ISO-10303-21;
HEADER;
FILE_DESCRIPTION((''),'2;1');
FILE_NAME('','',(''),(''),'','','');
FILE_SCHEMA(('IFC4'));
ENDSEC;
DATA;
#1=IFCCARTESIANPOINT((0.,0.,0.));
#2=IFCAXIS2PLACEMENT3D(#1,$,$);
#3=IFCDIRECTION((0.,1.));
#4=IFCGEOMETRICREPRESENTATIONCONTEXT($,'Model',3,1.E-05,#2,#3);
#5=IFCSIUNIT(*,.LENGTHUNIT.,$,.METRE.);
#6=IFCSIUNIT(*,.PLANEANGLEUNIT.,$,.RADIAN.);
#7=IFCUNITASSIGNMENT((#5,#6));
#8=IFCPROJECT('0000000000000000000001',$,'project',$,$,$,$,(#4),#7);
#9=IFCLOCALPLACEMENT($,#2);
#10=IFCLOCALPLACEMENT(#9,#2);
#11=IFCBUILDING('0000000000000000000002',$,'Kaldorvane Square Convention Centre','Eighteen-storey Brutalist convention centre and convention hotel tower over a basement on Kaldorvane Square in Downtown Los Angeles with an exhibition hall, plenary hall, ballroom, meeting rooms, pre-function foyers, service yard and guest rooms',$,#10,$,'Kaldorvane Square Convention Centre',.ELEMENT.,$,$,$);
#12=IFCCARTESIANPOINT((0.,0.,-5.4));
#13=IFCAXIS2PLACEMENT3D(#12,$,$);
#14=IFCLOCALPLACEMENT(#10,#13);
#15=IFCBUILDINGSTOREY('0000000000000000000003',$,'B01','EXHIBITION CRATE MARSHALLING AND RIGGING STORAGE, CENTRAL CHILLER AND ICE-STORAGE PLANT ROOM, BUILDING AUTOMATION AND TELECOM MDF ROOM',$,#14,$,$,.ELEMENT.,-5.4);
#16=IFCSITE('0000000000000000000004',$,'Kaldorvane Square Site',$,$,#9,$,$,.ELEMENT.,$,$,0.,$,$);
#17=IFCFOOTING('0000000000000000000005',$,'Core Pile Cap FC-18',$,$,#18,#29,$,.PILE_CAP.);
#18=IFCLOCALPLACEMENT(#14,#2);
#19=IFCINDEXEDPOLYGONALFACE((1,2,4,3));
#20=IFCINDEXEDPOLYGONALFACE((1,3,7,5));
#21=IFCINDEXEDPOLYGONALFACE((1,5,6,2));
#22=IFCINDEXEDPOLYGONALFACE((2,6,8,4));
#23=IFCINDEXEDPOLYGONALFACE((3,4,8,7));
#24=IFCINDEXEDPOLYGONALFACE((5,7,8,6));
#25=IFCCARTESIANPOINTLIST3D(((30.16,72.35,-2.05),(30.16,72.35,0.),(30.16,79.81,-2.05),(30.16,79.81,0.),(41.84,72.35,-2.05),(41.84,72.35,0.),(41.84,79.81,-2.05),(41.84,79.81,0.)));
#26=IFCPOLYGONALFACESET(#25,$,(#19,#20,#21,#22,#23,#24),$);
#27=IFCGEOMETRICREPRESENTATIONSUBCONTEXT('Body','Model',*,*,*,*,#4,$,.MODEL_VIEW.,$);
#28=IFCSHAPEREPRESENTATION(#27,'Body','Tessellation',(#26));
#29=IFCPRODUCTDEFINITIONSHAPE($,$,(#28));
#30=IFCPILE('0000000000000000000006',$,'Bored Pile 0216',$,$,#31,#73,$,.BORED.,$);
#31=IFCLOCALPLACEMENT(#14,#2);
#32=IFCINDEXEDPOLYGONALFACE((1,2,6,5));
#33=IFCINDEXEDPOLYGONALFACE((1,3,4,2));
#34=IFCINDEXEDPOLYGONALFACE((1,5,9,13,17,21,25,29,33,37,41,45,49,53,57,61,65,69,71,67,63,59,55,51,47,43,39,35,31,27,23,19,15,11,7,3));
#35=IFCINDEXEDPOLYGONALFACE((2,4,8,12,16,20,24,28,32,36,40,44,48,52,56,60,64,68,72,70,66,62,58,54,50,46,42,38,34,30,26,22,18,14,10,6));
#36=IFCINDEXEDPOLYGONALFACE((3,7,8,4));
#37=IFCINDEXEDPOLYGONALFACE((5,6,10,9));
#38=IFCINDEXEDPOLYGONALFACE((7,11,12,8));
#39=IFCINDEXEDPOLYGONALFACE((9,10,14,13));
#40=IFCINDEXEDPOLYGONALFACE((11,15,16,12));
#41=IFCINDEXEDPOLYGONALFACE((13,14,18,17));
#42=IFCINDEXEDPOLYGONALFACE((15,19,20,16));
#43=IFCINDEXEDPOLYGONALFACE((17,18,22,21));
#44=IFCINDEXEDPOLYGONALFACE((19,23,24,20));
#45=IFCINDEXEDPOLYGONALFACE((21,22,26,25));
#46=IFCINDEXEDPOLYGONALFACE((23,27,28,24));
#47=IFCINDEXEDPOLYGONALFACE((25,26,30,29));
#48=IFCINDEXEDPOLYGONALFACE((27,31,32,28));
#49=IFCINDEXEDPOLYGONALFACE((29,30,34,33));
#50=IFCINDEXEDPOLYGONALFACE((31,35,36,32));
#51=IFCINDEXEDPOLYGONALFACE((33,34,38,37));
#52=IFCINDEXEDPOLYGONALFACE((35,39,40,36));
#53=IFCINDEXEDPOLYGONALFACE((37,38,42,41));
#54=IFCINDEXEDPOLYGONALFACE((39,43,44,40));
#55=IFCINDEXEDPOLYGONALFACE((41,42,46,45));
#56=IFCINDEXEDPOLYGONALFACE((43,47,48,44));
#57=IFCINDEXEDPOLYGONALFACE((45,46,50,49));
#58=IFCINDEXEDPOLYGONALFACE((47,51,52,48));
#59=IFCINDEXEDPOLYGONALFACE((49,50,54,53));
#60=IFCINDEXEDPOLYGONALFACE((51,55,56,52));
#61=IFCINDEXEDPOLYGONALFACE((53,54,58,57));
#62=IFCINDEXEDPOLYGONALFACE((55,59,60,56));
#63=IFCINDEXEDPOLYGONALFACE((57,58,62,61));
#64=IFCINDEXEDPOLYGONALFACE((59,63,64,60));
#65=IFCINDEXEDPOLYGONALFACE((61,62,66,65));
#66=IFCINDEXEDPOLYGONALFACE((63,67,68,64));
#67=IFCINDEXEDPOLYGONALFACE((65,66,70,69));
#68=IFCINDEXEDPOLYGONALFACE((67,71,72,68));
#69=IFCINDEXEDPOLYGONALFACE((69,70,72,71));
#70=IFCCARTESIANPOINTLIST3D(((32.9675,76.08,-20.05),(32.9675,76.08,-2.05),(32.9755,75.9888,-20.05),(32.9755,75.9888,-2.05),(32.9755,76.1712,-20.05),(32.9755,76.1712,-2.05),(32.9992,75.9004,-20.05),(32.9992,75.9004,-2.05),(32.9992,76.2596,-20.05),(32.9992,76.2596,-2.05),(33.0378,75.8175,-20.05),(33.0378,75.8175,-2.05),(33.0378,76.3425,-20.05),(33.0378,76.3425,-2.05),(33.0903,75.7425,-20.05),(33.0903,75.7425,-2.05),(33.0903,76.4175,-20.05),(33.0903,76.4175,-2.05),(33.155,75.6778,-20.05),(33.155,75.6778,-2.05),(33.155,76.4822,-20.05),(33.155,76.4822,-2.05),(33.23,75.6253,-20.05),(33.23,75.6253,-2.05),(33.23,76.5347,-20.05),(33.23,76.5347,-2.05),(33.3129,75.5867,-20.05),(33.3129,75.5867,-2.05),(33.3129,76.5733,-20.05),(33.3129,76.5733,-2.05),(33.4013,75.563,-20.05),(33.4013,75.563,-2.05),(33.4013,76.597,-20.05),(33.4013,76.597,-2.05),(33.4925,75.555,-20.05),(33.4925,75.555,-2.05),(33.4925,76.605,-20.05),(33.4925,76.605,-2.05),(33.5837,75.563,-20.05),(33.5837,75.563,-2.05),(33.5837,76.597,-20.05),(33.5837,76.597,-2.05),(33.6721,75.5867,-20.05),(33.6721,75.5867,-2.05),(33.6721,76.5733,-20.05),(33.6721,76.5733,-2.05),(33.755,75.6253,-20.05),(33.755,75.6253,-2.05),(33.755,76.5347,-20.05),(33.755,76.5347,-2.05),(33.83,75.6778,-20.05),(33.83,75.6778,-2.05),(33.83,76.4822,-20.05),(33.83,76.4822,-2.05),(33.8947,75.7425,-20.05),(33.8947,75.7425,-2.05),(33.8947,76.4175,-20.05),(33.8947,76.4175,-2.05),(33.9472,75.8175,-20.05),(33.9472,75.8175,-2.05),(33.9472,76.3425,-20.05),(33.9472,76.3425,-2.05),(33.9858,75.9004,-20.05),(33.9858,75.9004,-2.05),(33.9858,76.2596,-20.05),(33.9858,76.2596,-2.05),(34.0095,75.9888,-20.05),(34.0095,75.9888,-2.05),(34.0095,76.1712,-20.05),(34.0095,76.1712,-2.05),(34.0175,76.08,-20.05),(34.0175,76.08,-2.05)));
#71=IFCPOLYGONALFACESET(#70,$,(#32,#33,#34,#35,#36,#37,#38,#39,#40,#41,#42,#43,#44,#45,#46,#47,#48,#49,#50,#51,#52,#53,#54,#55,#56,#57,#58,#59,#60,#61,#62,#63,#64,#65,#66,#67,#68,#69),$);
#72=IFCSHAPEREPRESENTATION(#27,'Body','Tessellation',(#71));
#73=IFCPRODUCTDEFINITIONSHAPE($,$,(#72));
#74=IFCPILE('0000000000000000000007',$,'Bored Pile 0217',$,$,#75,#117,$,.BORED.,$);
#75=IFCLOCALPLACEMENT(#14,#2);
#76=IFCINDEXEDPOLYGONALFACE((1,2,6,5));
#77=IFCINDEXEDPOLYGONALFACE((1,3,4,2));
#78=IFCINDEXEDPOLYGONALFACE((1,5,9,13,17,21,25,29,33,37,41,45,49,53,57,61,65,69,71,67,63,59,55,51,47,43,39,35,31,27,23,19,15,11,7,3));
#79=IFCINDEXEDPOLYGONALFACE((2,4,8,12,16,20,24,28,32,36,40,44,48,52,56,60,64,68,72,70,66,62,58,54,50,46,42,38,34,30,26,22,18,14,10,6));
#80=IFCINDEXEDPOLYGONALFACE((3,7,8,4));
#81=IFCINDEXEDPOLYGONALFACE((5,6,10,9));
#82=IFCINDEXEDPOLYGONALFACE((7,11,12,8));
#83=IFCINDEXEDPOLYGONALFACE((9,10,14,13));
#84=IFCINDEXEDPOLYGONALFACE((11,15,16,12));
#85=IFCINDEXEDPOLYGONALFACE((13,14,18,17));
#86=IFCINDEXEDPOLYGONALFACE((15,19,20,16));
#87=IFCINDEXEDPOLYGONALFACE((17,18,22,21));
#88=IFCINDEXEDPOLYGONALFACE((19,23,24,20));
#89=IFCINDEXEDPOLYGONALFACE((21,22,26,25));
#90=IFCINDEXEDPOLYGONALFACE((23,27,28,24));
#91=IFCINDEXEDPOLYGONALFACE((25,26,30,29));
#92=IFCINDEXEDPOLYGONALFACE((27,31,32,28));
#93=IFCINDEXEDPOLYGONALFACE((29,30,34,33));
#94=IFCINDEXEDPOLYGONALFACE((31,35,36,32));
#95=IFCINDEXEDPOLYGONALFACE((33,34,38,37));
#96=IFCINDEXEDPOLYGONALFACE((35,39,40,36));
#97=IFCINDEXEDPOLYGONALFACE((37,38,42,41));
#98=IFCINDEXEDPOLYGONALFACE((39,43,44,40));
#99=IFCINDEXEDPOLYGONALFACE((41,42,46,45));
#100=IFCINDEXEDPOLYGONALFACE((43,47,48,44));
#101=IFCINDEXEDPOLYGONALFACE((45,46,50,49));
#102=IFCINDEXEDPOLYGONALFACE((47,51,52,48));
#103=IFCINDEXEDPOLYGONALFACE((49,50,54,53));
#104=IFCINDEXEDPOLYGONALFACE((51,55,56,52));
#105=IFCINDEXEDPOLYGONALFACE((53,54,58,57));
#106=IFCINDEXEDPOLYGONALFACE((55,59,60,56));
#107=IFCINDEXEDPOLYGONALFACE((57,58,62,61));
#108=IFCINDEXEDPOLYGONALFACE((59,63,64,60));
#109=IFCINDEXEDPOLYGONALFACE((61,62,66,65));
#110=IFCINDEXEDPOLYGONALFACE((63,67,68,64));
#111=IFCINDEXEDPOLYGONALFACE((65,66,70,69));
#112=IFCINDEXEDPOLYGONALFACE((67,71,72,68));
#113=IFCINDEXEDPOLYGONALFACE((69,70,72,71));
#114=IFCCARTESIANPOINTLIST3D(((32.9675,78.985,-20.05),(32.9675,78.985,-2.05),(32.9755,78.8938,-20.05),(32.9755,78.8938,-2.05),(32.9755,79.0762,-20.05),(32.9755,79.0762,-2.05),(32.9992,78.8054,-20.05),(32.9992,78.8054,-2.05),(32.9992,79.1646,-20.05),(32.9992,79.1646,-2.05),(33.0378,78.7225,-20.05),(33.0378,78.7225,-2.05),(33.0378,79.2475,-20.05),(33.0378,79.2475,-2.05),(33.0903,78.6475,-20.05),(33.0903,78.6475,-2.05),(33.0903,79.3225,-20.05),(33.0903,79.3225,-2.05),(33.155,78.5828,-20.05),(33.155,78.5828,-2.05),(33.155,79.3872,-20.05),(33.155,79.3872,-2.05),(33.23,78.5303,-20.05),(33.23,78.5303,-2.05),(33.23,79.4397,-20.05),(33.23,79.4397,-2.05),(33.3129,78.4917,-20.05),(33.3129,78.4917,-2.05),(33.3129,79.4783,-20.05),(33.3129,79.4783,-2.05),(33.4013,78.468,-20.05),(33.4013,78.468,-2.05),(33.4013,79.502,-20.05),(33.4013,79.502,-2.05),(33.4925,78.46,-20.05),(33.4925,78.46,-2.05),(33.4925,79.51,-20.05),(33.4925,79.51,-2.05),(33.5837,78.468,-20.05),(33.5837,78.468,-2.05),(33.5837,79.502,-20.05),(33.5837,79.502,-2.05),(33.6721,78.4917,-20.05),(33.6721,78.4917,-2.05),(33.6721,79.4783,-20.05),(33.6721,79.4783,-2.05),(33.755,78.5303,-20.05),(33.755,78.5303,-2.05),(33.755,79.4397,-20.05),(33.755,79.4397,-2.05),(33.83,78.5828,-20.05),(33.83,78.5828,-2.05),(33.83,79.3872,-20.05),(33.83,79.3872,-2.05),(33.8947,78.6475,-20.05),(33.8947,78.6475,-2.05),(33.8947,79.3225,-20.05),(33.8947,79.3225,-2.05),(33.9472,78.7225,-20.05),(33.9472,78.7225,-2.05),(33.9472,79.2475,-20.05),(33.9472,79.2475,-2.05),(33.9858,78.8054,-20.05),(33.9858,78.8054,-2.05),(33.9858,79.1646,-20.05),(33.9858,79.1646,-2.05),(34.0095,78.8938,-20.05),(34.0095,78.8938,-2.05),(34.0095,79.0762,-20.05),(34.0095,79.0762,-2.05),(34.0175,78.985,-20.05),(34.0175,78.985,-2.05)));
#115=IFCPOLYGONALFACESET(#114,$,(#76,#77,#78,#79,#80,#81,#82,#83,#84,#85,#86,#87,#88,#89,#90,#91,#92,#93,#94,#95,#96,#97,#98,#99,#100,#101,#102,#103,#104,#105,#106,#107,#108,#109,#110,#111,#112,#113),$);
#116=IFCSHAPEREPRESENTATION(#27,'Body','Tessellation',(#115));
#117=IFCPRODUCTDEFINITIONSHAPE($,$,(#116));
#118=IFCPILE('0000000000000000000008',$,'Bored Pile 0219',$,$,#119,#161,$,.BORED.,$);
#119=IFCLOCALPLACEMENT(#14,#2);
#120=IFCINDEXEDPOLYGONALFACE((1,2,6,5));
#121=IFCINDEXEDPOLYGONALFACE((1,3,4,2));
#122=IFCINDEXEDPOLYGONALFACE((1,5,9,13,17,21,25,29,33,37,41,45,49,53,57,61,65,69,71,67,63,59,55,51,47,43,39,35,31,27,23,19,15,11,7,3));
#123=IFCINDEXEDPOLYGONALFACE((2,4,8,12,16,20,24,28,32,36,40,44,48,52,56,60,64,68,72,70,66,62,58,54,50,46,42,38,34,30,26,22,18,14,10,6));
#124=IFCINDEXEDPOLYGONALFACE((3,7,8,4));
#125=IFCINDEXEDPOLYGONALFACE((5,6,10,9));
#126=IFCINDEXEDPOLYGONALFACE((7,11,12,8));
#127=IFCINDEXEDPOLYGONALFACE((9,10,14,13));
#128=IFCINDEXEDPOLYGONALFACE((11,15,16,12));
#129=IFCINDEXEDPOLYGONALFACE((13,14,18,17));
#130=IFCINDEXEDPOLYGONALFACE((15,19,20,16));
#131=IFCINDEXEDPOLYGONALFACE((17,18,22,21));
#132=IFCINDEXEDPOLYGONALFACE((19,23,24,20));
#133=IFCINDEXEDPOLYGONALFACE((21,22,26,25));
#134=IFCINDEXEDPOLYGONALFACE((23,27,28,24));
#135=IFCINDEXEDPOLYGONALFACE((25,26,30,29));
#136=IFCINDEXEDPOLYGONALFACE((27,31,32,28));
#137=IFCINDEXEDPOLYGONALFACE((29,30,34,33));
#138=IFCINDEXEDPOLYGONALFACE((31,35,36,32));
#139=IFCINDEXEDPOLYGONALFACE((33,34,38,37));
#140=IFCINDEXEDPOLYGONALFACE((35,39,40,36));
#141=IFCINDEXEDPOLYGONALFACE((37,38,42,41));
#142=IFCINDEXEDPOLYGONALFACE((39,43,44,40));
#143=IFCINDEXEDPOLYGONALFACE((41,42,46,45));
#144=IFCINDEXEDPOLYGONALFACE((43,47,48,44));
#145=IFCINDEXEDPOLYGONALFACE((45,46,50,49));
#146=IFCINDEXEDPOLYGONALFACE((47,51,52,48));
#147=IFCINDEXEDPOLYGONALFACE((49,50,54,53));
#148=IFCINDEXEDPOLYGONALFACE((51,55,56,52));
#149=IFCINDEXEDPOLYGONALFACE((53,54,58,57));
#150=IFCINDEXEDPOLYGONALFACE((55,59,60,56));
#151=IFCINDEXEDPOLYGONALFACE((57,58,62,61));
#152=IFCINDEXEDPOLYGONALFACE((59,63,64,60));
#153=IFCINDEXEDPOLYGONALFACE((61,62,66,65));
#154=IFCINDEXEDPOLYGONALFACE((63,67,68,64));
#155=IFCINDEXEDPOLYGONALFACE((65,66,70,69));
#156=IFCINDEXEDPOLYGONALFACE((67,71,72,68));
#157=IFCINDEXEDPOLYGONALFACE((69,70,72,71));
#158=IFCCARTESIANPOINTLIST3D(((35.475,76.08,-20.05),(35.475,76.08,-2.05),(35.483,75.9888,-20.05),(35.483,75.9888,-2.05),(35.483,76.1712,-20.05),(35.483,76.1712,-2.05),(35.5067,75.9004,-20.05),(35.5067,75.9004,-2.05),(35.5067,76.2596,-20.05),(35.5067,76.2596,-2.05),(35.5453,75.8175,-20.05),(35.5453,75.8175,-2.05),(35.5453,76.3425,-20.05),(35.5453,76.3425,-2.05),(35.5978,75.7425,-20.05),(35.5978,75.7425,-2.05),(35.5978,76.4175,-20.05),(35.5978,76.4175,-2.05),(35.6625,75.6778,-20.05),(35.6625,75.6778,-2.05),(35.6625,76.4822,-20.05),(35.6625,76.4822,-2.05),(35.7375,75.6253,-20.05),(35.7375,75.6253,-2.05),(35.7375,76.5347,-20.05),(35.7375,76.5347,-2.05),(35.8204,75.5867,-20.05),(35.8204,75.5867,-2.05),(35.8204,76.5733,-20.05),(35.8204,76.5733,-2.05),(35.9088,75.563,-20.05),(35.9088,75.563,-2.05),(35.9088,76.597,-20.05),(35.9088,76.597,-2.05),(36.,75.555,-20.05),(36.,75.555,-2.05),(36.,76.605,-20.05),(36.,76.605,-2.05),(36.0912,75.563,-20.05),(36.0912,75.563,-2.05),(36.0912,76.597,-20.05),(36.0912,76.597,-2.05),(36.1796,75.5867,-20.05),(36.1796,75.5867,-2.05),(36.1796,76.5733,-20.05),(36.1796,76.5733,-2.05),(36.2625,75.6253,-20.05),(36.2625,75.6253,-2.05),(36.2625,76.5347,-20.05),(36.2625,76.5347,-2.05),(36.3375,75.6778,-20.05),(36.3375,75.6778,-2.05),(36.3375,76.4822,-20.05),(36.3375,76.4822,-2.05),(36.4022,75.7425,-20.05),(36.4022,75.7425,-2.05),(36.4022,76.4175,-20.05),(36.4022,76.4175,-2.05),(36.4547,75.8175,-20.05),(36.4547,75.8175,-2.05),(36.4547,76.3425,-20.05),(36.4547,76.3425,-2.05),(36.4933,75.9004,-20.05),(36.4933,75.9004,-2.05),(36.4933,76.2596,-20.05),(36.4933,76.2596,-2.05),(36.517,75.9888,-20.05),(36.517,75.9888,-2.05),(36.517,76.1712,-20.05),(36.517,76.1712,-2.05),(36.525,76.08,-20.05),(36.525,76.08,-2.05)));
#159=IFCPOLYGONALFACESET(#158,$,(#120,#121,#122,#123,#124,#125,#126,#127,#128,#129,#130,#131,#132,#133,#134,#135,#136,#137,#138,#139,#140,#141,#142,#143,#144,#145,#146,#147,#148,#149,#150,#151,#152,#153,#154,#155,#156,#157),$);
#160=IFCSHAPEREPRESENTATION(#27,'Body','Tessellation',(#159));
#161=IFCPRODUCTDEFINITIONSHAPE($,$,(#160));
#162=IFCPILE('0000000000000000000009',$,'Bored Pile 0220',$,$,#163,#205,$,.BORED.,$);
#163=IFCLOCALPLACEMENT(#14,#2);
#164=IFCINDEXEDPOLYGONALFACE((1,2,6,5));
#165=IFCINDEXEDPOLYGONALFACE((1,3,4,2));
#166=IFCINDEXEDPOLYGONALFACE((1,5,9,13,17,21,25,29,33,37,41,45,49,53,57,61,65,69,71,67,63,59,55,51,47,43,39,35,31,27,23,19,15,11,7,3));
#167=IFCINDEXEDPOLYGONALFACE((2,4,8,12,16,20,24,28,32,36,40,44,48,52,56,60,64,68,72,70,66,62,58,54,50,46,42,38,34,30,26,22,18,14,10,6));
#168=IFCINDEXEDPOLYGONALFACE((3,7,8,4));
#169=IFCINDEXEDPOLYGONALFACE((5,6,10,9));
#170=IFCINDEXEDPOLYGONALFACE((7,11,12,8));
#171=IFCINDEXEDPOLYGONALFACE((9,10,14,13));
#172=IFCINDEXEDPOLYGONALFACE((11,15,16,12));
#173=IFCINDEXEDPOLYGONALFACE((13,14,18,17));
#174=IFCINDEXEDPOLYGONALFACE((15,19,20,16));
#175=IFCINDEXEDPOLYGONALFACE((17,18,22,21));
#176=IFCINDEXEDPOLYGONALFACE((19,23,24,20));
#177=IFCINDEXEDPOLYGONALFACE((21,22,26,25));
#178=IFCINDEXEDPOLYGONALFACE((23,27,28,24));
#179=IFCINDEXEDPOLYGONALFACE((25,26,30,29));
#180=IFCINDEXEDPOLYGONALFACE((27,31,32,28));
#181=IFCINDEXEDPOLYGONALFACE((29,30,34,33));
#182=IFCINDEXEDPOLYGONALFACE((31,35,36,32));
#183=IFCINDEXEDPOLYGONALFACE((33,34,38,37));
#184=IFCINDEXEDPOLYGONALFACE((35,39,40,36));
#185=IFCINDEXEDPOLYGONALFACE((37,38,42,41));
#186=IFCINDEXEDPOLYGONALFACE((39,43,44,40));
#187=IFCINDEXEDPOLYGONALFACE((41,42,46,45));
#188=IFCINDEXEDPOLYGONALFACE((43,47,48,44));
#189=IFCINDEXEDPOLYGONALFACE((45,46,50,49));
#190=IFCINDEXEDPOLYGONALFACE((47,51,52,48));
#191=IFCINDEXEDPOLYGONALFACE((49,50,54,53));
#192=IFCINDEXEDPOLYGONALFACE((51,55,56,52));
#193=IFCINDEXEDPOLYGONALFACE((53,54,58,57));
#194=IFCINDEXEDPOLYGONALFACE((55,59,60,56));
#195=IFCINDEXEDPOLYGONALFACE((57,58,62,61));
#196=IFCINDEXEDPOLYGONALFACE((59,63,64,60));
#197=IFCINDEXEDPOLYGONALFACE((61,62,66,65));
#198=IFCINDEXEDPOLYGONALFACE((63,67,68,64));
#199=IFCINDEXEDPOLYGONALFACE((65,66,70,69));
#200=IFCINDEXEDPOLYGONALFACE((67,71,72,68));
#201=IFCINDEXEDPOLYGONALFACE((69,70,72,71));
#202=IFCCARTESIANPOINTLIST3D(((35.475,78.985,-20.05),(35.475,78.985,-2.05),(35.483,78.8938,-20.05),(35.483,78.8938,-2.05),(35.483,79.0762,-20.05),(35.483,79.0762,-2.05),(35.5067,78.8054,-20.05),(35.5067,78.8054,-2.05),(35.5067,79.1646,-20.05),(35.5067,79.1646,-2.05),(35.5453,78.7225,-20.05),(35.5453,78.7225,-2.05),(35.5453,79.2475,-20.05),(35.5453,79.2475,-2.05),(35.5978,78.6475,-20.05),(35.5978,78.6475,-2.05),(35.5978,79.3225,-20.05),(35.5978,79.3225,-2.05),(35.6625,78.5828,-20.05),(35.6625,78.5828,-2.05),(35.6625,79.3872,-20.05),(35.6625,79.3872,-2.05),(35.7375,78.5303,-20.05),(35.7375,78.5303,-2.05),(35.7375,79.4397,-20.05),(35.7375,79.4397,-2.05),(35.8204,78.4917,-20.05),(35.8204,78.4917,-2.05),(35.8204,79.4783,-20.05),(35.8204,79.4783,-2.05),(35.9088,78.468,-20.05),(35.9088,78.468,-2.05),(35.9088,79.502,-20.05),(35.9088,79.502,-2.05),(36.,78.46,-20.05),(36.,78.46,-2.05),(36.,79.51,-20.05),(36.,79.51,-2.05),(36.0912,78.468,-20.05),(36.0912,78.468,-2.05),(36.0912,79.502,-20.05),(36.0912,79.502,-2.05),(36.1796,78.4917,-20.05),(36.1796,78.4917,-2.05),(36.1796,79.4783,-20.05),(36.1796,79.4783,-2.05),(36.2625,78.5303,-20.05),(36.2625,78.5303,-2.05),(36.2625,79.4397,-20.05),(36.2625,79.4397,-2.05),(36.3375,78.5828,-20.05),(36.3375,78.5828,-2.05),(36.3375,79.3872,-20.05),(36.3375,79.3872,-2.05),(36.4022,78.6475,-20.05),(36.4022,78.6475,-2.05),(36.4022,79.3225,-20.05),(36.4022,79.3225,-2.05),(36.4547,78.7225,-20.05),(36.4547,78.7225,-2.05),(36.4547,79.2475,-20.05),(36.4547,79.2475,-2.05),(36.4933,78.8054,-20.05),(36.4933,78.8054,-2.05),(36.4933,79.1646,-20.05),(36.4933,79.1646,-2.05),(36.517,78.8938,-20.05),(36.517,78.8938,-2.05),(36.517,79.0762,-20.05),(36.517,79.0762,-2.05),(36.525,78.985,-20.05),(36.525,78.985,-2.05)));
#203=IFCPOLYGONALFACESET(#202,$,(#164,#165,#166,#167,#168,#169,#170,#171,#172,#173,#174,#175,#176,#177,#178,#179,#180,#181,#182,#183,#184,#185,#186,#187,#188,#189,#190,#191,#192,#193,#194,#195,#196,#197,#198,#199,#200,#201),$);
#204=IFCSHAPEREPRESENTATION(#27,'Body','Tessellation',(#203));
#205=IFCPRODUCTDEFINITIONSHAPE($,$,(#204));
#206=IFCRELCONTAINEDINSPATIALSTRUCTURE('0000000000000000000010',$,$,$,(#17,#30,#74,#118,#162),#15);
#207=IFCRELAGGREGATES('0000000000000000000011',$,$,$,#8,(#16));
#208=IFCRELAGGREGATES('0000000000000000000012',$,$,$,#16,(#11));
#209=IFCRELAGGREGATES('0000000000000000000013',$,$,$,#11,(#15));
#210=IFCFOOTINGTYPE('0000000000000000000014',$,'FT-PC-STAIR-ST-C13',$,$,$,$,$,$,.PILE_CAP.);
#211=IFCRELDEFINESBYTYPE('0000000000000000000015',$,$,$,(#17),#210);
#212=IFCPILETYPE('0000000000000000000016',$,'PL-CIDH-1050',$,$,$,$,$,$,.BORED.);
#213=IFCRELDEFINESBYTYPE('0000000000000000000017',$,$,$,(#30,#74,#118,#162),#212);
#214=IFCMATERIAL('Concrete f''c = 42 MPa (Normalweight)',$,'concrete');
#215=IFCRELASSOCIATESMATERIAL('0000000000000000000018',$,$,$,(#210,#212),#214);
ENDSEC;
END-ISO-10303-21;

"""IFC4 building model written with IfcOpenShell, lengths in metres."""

from ifc_helpers import new_model, si_unit, direction, frame, origin, origin_2d, place, context, subcontext, project, spatial, rectangle, circle, extrude, material, material_profile, profile_set, type_object, element, save


model = new_model("IFC4")

# Units and contexts
model_context = context("Model", 3, precision=1e-05, world=origin(), true_north=direction((0.0, 1.0)))
body_context = subcontext(model_context, "Body", "Model", "MODEL_VIEW")
ifc_project = project(units=[si_unit("LENGTHUNIT", "METRE"), si_unit("PLANEANGLEUNIT", "RADIAN")], contexts=[model_context])

# Site, building, storey
site_placement = place(None, origin())
site = spatial("IfcSite", under=ifc_project, at=site_placement, Name="Kaldorvane Square Site", CompositionType="ELEMENT", RefElevation=0.0)
building_placement = place(site_placement, origin())
building = spatial("IfcBuilding", under=site, at=building_placement, Name="Kaldorvane Square Convention Centre", Description="Eighteen-storey Brutalist convention centre and convention hotel tower over a basement on Kaldorvane Square in Downtown Los Angeles with an exhibition hall, plenary hall, ballroom, meeting rooms, pre-function foyers, service yard and guest rooms", LongName="Kaldorvane Square Convention Centre", CompositionType="ELEMENT")
storey_placement = place(building_placement, frame((0.0, 0.0, -5.4)))
storey = spatial("IfcBuildingStorey", under=building, at=storey_placement, Name="B01", Description="EXHIBITION CRATE MARSHALLING AND RIGGING STORAGE, CENTRAL CHILLER AND ICE-STORAGE PLANT ROOM, BUILDING AUTOMATION AND TELECOM MDF ROOM", CompositionType="ELEMENT", Elevation=-5.4)

# Footing
ifc_material_1 = material(Name="Concrete f'c = 42 MPa (Normalweight)", Category="concrete")
footing_type = type_object("IfcFootingType", Name="FT-PC-STAIR-ST-C13", PredefinedType="PILE_CAP", material=ifc_material_1)
footing_placement = place(storey_placement, frame((36.0, 76.08, -2.05), z_axis=(0.0, 0.0, 1.0), x_axis=(1.0, 0.0, 0.0)))
element("IfcFooting", 1, at=footing_placement, inside=storey, type_object=footing_type, Name="Core Pile Cap FC-18", PredefinedType="PILE_CAP", context=body_context, shape_type="SweptSolid", body=[
    extrude(rectangle(XDim=11.68, YDim=7.46, at=origin_2d()), origin(), (0.0, 0.0, 1.0), 2.05),
])

# Piles
ifc_material_profile_1 = material_profile(ifc_material_1, circle(Radius=0.525, at=origin_2d()), Name="PILE-D1050")
ifc_profile_set_1 = profile_set([ifc_material_profile_1], Name="Concrete f'c = 42 MPa (Normalweight)")
pile_type_1 = type_object("IfcPileType", Name="PL-CIDH-1050", PredefinedType="BORED", material=ifc_profile_set_1)
for number, where, z_axis, x_axis, name in (
    (2, (33.4925, 76.08, -2.05), (0.0, 0.0, -1.0), (1.0, 0.0, 0.0), "Bored Pile 0216"),
    (3, (33.4925, 78.985, -2.05), (0.0, 0.0, -1.0), (1.0, 0.0, 0.0), "Bored Pile 0217"),
    (4, (36.0, 76.08, -2.05), (0.0, 0.0, -1.0), (1.0, 0.0, 0.0), "Bored Pile 0219"),
    (5, (36.0, 78.985, -2.05), (0.0, 0.0, -1.0), (1.0, 0.0, 0.0), "Bored Pile 0220"),
):
    element("IfcPile", number, at=place(storey_placement, frame(where, z_axis=z_axis, x_axis=x_axis)), inside=storey, type_object=pile_type_1, Name=name, PredefinedType="BORED", context=body_context, shape_type="SweptSolid", body=[
        extrude(circle(Radius=0.525, at=origin_2d()), origin(), (0.0, 0.0, 1.0), 18.0),
    ])

save(model, "model.ifc")
